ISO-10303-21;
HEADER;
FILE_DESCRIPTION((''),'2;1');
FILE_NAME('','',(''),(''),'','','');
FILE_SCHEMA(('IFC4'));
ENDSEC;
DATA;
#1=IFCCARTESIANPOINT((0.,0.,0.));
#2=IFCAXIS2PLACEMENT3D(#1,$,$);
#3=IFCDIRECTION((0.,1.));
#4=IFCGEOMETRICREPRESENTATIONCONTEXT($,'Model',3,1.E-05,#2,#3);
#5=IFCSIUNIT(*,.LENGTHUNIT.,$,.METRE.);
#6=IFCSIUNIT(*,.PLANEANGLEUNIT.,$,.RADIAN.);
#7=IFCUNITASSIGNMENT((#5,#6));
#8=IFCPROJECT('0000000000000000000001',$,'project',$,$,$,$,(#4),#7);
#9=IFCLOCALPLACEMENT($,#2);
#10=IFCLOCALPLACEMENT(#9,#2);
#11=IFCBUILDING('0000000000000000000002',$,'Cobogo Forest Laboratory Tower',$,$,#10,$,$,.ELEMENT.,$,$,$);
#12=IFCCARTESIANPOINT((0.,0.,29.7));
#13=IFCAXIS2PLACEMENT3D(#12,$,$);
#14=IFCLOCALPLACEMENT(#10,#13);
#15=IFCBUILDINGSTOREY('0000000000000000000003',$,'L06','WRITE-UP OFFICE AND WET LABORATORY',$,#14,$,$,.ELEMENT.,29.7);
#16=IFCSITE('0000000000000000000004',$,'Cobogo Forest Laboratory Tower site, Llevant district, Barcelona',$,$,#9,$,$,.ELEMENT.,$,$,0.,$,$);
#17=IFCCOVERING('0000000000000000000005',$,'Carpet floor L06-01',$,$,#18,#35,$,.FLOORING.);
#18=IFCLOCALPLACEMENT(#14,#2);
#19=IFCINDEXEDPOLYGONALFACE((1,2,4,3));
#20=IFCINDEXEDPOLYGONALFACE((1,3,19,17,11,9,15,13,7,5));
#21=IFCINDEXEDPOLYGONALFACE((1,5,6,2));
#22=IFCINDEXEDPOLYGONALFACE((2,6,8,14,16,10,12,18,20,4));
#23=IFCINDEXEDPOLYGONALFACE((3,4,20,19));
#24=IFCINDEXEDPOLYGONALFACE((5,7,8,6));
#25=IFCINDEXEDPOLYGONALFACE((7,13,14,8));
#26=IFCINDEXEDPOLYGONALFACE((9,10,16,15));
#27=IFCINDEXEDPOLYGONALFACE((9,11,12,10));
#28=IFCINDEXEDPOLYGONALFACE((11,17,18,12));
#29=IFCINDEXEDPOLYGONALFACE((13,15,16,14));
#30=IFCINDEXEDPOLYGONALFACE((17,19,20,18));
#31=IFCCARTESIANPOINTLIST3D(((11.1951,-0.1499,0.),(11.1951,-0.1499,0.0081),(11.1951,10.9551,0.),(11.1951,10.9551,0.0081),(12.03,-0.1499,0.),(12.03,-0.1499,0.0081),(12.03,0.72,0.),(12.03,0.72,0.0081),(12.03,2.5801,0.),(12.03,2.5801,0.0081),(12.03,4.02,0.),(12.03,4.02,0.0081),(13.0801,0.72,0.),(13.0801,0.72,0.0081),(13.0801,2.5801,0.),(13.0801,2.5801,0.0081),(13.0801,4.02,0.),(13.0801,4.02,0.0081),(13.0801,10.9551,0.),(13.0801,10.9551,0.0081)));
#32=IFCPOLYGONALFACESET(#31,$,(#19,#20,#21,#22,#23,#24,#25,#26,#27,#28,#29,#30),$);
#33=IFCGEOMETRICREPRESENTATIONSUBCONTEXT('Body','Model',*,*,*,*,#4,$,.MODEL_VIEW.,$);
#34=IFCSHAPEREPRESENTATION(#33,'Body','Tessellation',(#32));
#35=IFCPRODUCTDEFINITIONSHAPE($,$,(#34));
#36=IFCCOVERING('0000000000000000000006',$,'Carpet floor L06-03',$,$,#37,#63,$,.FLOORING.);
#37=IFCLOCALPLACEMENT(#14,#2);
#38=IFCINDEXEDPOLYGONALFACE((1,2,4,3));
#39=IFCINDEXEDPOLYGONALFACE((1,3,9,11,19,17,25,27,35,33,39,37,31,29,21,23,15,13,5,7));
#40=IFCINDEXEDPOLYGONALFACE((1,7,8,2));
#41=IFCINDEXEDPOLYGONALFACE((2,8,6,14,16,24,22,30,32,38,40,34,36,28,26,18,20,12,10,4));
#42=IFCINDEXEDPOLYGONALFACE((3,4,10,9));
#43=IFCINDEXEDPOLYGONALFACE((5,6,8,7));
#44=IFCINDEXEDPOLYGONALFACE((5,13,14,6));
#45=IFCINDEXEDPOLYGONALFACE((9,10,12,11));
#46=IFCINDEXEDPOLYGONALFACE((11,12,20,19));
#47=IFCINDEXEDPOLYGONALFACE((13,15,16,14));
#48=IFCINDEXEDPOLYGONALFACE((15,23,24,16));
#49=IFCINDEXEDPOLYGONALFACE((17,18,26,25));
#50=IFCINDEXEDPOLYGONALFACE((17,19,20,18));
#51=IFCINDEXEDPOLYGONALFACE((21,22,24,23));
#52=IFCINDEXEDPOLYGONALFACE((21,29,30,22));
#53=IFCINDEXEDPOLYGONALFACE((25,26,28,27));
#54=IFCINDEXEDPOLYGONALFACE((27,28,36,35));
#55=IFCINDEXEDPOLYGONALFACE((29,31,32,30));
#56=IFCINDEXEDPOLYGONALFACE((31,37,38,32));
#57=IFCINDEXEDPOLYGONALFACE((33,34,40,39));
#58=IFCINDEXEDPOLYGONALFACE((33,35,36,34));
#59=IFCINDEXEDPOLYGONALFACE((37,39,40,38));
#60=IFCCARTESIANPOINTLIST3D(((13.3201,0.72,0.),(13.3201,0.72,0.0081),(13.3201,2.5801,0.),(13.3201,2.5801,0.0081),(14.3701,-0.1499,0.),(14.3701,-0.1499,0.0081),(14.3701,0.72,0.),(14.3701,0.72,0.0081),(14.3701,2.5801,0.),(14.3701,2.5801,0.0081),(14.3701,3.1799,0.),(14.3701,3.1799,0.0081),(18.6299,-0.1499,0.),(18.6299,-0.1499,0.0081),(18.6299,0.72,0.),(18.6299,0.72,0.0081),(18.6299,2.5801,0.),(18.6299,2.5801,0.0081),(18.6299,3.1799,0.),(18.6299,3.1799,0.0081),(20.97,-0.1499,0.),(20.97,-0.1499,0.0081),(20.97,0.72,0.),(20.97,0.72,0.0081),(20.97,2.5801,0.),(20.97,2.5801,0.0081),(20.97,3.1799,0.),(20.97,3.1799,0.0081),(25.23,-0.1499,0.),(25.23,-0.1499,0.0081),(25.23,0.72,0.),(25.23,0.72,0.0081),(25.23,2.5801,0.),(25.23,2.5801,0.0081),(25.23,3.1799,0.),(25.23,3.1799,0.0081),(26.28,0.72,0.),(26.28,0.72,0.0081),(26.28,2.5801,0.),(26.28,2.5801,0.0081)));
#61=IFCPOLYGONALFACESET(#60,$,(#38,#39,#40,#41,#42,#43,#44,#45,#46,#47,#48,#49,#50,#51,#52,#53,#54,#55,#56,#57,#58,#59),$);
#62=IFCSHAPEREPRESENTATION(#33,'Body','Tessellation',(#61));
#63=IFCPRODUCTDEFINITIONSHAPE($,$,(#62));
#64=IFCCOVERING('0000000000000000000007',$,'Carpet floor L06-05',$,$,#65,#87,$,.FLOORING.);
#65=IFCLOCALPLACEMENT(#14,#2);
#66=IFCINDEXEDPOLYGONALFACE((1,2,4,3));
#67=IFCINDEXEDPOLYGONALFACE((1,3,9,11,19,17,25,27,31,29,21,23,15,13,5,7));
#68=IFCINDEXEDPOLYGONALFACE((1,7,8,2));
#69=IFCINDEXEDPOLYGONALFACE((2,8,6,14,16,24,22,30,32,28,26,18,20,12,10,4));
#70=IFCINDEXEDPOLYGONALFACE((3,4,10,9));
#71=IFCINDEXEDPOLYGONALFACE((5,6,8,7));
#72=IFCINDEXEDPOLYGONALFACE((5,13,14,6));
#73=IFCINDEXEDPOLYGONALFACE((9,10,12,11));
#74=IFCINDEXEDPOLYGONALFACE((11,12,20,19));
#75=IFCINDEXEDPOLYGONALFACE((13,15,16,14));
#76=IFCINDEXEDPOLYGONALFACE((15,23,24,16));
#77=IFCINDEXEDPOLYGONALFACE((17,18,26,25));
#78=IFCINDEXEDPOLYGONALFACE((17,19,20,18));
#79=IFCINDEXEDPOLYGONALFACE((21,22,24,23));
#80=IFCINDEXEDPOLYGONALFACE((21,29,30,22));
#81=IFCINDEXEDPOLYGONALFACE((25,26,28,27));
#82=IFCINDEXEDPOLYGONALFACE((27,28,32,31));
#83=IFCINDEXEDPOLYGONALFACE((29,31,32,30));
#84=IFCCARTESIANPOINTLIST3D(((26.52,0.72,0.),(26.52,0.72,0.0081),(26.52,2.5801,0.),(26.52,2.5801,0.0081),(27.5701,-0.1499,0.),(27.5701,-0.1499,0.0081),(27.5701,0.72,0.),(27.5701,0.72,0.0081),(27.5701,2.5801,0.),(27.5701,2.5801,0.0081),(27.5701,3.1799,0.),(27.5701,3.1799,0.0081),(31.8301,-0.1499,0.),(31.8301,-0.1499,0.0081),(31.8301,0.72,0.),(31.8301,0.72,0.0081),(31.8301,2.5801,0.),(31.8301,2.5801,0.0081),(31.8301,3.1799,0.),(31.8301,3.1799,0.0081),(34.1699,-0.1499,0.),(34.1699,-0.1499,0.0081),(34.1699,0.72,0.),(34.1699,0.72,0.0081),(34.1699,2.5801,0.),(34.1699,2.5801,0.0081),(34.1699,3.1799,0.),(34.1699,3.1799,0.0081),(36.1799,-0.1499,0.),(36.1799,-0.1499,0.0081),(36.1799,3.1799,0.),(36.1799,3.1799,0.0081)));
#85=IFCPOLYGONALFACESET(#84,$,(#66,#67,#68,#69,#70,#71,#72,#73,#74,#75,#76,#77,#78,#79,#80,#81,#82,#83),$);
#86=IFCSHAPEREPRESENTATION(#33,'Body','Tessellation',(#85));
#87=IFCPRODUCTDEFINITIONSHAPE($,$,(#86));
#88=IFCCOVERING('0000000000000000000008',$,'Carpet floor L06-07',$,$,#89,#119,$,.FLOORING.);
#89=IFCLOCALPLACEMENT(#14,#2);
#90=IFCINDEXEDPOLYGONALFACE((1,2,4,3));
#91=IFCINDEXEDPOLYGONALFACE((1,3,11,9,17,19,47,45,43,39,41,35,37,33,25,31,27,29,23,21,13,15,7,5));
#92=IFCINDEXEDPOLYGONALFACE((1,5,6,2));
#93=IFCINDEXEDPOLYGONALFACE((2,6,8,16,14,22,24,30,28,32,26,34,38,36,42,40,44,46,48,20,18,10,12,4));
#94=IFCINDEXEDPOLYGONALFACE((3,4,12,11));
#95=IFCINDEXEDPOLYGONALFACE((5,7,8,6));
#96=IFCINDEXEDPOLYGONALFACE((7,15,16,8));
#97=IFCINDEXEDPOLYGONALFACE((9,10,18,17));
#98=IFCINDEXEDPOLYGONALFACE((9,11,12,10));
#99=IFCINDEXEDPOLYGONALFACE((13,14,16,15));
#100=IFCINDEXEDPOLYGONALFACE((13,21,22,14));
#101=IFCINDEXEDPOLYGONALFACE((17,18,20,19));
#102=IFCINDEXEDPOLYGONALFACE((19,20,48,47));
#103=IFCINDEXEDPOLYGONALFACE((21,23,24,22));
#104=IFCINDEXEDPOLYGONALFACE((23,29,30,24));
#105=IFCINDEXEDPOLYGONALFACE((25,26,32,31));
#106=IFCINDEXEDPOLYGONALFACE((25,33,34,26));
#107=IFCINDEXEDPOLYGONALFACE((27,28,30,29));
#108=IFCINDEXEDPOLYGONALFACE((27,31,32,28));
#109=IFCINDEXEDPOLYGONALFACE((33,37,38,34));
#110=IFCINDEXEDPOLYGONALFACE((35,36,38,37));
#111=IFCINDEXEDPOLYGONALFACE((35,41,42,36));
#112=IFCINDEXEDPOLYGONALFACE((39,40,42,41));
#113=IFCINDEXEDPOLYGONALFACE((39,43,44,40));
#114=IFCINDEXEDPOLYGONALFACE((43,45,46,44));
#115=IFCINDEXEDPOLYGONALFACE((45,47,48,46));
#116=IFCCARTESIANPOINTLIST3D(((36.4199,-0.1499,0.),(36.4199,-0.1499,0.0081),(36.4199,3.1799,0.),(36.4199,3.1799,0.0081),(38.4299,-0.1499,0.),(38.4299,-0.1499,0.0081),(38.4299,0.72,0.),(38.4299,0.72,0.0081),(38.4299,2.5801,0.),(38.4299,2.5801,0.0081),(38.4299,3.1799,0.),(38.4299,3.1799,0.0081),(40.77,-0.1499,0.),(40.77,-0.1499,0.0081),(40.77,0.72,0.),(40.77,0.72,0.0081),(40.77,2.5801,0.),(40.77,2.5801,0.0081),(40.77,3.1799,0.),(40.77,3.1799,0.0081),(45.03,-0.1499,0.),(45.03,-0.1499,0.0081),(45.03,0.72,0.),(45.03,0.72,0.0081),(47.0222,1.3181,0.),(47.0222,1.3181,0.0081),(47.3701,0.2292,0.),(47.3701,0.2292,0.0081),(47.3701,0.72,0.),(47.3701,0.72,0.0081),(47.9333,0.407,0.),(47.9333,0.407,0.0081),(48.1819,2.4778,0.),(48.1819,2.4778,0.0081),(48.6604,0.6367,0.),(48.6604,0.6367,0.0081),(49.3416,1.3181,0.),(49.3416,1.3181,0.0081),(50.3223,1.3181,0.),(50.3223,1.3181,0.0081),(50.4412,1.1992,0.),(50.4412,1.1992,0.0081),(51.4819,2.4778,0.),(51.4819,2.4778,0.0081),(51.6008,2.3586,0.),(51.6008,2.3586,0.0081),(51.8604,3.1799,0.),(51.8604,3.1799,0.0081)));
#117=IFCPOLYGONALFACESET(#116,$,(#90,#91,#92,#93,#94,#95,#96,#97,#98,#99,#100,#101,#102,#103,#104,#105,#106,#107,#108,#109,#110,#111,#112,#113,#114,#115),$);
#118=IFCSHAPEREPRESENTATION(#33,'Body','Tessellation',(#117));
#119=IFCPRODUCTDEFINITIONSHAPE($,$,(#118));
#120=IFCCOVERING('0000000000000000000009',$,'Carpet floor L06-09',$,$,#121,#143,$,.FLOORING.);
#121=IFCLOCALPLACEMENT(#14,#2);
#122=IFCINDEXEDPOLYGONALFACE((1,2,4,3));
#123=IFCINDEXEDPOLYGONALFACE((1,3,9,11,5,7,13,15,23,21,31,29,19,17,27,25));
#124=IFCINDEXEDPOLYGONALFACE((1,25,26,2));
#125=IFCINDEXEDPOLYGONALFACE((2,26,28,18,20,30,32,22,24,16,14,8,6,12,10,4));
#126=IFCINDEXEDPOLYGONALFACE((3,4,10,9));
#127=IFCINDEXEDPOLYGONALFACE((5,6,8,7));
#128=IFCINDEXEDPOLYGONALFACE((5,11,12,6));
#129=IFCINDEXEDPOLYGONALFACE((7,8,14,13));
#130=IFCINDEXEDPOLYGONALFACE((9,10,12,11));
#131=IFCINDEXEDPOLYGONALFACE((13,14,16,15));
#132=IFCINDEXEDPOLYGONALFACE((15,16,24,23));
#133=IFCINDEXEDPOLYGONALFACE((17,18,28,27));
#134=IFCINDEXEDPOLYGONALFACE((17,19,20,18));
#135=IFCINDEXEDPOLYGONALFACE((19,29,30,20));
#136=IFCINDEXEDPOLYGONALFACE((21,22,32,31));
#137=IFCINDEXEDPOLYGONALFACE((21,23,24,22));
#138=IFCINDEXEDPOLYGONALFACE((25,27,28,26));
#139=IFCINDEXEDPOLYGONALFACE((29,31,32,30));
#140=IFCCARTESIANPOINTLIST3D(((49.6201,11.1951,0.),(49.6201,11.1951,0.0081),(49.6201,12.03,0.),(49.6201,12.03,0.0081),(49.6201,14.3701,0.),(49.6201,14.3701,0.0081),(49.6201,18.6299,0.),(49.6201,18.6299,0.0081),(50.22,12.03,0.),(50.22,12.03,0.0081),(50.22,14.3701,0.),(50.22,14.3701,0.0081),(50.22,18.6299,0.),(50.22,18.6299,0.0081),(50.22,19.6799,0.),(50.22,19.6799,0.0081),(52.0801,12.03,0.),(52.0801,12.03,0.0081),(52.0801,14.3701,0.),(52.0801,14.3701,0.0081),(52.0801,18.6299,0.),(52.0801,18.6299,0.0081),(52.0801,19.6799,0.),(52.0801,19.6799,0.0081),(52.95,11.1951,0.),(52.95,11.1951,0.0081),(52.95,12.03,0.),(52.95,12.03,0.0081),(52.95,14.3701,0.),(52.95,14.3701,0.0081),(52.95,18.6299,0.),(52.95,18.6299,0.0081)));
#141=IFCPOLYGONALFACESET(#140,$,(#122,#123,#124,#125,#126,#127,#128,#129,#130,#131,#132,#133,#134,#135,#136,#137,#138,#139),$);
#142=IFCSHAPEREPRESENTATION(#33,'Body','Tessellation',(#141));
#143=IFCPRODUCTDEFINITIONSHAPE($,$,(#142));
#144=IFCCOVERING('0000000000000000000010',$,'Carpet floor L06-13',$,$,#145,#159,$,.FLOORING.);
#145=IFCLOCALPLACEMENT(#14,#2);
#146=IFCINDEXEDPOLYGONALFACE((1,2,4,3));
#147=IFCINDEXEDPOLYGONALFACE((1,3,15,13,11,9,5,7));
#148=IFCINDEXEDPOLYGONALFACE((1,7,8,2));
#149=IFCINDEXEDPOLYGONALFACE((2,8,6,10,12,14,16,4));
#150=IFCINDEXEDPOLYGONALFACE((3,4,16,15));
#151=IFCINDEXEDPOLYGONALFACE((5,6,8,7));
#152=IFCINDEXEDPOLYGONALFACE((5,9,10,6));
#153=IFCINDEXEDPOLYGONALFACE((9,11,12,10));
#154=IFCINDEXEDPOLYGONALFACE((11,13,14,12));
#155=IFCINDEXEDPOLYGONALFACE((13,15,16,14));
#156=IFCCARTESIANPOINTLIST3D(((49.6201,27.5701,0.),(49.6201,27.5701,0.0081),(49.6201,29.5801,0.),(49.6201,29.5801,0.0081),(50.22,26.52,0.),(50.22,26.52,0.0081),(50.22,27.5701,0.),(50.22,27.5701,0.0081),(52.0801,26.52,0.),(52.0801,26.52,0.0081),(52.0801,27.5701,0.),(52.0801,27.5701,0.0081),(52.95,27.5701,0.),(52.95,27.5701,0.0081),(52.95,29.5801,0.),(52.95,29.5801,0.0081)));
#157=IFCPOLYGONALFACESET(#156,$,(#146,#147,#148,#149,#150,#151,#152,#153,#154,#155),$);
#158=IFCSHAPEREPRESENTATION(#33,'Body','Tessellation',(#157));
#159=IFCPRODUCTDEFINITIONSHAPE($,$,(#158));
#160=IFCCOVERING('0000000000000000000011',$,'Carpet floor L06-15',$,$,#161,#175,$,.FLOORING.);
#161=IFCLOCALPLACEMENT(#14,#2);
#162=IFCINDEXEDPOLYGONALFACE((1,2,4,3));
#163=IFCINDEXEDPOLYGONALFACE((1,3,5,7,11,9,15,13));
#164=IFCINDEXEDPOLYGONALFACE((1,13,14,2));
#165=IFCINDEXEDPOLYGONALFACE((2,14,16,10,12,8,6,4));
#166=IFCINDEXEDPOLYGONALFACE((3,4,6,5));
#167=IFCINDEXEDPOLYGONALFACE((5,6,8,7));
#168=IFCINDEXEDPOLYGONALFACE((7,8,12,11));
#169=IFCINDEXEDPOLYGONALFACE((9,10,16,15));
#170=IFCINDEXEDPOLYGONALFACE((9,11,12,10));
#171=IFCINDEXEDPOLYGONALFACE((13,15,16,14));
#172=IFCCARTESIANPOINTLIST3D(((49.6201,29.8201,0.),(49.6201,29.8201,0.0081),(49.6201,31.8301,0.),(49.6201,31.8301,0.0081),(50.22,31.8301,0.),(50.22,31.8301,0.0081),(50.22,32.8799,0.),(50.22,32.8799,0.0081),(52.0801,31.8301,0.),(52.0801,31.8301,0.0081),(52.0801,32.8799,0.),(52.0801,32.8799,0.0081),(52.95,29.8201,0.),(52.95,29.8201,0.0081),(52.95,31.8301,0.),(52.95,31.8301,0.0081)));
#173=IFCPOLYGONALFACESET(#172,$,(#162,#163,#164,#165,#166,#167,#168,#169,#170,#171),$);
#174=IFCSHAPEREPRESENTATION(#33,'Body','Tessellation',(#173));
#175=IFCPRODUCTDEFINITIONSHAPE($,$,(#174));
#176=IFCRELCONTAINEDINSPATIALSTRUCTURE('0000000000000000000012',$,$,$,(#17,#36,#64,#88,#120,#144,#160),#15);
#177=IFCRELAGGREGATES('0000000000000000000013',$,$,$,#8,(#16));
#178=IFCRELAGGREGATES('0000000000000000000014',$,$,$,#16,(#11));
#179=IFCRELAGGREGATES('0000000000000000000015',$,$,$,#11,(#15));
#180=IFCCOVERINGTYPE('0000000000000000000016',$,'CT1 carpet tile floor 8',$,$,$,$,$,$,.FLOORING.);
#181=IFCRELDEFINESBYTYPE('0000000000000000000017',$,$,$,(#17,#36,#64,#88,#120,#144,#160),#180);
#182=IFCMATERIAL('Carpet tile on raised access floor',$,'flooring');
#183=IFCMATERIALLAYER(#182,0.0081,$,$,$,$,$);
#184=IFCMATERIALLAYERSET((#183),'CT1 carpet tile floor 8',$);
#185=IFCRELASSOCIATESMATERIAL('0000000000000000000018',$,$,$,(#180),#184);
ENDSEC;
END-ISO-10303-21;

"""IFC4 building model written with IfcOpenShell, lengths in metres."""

from ifc_helpers import new_model, si_unit, direction, frame, origin, place, context, subcontext, project, spatial, polyline, outline, extrude, material, layer, layer_set, type_object, element, save


model = new_model("IFC4")

# Units and contexts
model_context = context("Model", 3, precision=1e-05, world=origin(), true_north=direction((0.0, 1.0)))
body_context = subcontext(model_context, "Body", "Model", "MODEL_VIEW")
ifc_project = project(units=[si_unit("LENGTHUNIT", "METRE"), si_unit("PLANEANGLEUNIT", "RADIAN")], contexts=[model_context])

# Site, building, storey
site_placement = place(None, origin())
site = spatial("IfcSite", under=ifc_project, at=site_placement, Name="Cobogo Forest Laboratory Tower site, Llevant district, Barcelona", CompositionType="ELEMENT", RefElevation=0.0)
building_placement = place(site_placement, origin())
building = spatial("IfcBuilding", under=site, at=building_placement, Name="Cobogo Forest Laboratory Tower", CompositionType="ELEMENT")
storey_placement = place(building_placement, frame((0.0, 0.0, 29.7)))
storey = spatial("IfcBuildingStorey", under=building, at=storey_placement, Name="L06", Description="WRITE-UP OFFICE AND WET LABORATORY", CompositionType="ELEMENT", Elevation=29.7)

# Coverings
ifc_material_1 = material(Name="Carpet tile on raised access floor", Category="flooring")
ifc_layer_1 = layer(ifc_material_1, 0.0081)
ifc_layer_set_1 = layer_set([ifc_layer_1], Name="CT1 carpet tile floor 8")
covering_type_1 = type_object("IfcCoveringType", Name="CT1 carpet tile floor 8", PredefinedType="FLOORING", material=ifc_layer_set_1)
covering_1_placement = place(storey_placement, origin())
element("IfcCovering", 1, at=covering_1_placement, inside=storey, type_object=covering_type_1, Name="Carpet floor L06-01", PredefinedType="FLOORING", context=body_context, shape_type="SweptSolid", body=[
    extrude(outline(polyline([(13.0801, 10.9551), (13.0801, 4.02), (12.03, 4.02), (12.03, 2.5801), (13.0801, 2.5801), (13.0801, 0.72), (12.03, 0.72), (12.03, -0.1499), (11.1951, -0.1499), (11.1951, 10.9551), (13.0801, 10.9551)])), origin(), (0.0, 0.0, 1.0), 0.0081),
])
covering_2_placement = place(storey_placement, origin())
element("IfcCovering", 2, at=covering_2_placement, inside=storey, type_object=covering_type_1, Name="Carpet floor L06-03", PredefinedType="FLOORING", context=body_context, shape_type="SweptSolid", body=[
    extrude(outline(polyline([(18.6299, 3.1799), (18.6299, 2.5801), (20.97, 2.5801), (20.97, 3.1799), (25.23, 3.1799), (25.23, 2.5801), (26.28, 2.5801), (26.28, 0.72), (25.23, 0.72), (25.23, -0.1499), (20.97, -0.1499), (20.97, 0.72), (18.6299, 0.72), (18.6299, -0.1499), (14.3701, -0.1499), (14.3701, 0.72), (13.3201, 0.72), (13.3201, 2.5801), (14.3701, 2.5801), (14.3701, 3.1799), (18.6299, 3.1799)])), origin(), (0.0, 0.0, 1.0), 0.0081),
])
covering_3_placement = place(storey_placement, origin())
element("IfcCovering", 3, at=covering_3_placement, inside=storey, type_object=covering_type_1, Name="Carpet floor L06-05", PredefinedType="FLOORING", context=body_context, shape_type="SweptSolid", body=[
    extrude(outline(polyline([(31.8301, 3.1799), (31.8301, 2.5801), (34.1699, 2.5801), (34.1699, 3.1799), (36.1799, 3.1799), (36.1799, -0.1499), (34.1699, -0.1499), (34.1699, 0.72), (31.8301, 0.72), (31.8301, -0.1499), (27.5701, -0.1499), (27.5701, 0.72), (26.52, 0.72), (26.52, 2.5801), (27.5701, 2.5801), (27.5701, 3.1799), (31.8301, 3.1799)])), origin(), (0.0, 0.0, 1.0), 0.0081),
])
covering_4_placement = place(storey_placement, origin())
element("IfcCovering", 4, at=covering_4_placement, inside=storey, type_object=covering_type_1, Name="Carpet floor L06-07", PredefinedType="FLOORING", context=body_context, shape_type="SweptSolid", body=[
    extrude(outline(polyline([(38.4299, 3.1799), (38.4299, 2.5801), (40.77, 2.5801), (40.77, 3.1799), (51.8604, 3.1799), (51.6008, 2.3586), (51.4819, 2.4778), (50.3223, 1.3181), (50.4412, 1.1992), (48.6604, 0.6367), (49.3416, 1.3181), (48.1819, 2.4778), (47.0222, 1.3181), (47.9333, 0.407), (47.3701, 0.2292), (47.3701, 0.72), (45.03, 0.72), (45.03, -0.1499), (40.77, -0.1499), (40.77, 0.72), (38.4299, 0.72), (38.4299, -0.1499), (36.4199, -0.1499), (36.4199, 3.1799), (38.4299, 3.1799)])), origin(), (0.0, 0.0, 1.0), 0.0081),
])
covering_5_placement = place(storey_placement, origin())
element("IfcCovering", 5, at=covering_5_placement, inside=storey, type_object=covering_type_1, Name="Carpet floor L06-09", PredefinedType="FLOORING", context=body_context, shape_type="SweptSolid", body=[
    extrude(outline(polyline([(49.6201, 12.03), (50.22, 12.03), (50.22, 14.3701), (49.6201, 14.3701), (49.6201, 18.6299), (50.22, 18.6299), (50.22, 19.6799), (52.0801, 19.6799), (52.0801, 18.6299), (52.95, 18.6299), (52.95, 14.3701), (52.0801, 14.3701), (52.0801, 12.03), (52.95, 12.03), (52.95, 11.1951), (49.6201, 11.1951), (49.6201, 12.03)])), origin(), (0.0, 0.0, 1.0), 0.0081),
])
covering_6_placement = place(storey_placement, origin())
element("IfcCovering", 6, at=covering_6_placement, inside=storey, type_object=covering_type_1, Name="Carpet floor L06-13", PredefinedType="FLOORING", context=body_context, shape_type="SweptSolid", body=[
    extrude(outline(polyline([(49.6201, 29.5801), (52.95, 29.5801), (52.95, 27.5701), (52.0801, 27.5701), (52.0801, 26.52), (50.22, 26.52), (50.22, 27.5701), (49.6201, 27.5701), (49.6201, 29.5801)])), origin(), (0.0, 0.0, 1.0), 0.0081),
])
covering_7_placement = place(storey_placement, origin())
element("IfcCovering", 7, at=covering_7_placement, inside=storey, type_object=covering_type_1, Name="Carpet floor L06-15", PredefinedType="FLOORING", context=body_context, shape_type="SweptSolid", body=[
    extrude(outline(polyline([(49.6201, 31.8301), (50.22, 31.8301), (50.22, 32.8799), (52.0801, 32.8799), (52.0801, 31.8301), (52.95, 31.8301), (52.95, 29.8201), (49.6201, 29.8201), (49.6201, 31.8301)])), origin(), (0.0, 0.0, 1.0), 0.0081),
])

save(model, "model.ifc")
